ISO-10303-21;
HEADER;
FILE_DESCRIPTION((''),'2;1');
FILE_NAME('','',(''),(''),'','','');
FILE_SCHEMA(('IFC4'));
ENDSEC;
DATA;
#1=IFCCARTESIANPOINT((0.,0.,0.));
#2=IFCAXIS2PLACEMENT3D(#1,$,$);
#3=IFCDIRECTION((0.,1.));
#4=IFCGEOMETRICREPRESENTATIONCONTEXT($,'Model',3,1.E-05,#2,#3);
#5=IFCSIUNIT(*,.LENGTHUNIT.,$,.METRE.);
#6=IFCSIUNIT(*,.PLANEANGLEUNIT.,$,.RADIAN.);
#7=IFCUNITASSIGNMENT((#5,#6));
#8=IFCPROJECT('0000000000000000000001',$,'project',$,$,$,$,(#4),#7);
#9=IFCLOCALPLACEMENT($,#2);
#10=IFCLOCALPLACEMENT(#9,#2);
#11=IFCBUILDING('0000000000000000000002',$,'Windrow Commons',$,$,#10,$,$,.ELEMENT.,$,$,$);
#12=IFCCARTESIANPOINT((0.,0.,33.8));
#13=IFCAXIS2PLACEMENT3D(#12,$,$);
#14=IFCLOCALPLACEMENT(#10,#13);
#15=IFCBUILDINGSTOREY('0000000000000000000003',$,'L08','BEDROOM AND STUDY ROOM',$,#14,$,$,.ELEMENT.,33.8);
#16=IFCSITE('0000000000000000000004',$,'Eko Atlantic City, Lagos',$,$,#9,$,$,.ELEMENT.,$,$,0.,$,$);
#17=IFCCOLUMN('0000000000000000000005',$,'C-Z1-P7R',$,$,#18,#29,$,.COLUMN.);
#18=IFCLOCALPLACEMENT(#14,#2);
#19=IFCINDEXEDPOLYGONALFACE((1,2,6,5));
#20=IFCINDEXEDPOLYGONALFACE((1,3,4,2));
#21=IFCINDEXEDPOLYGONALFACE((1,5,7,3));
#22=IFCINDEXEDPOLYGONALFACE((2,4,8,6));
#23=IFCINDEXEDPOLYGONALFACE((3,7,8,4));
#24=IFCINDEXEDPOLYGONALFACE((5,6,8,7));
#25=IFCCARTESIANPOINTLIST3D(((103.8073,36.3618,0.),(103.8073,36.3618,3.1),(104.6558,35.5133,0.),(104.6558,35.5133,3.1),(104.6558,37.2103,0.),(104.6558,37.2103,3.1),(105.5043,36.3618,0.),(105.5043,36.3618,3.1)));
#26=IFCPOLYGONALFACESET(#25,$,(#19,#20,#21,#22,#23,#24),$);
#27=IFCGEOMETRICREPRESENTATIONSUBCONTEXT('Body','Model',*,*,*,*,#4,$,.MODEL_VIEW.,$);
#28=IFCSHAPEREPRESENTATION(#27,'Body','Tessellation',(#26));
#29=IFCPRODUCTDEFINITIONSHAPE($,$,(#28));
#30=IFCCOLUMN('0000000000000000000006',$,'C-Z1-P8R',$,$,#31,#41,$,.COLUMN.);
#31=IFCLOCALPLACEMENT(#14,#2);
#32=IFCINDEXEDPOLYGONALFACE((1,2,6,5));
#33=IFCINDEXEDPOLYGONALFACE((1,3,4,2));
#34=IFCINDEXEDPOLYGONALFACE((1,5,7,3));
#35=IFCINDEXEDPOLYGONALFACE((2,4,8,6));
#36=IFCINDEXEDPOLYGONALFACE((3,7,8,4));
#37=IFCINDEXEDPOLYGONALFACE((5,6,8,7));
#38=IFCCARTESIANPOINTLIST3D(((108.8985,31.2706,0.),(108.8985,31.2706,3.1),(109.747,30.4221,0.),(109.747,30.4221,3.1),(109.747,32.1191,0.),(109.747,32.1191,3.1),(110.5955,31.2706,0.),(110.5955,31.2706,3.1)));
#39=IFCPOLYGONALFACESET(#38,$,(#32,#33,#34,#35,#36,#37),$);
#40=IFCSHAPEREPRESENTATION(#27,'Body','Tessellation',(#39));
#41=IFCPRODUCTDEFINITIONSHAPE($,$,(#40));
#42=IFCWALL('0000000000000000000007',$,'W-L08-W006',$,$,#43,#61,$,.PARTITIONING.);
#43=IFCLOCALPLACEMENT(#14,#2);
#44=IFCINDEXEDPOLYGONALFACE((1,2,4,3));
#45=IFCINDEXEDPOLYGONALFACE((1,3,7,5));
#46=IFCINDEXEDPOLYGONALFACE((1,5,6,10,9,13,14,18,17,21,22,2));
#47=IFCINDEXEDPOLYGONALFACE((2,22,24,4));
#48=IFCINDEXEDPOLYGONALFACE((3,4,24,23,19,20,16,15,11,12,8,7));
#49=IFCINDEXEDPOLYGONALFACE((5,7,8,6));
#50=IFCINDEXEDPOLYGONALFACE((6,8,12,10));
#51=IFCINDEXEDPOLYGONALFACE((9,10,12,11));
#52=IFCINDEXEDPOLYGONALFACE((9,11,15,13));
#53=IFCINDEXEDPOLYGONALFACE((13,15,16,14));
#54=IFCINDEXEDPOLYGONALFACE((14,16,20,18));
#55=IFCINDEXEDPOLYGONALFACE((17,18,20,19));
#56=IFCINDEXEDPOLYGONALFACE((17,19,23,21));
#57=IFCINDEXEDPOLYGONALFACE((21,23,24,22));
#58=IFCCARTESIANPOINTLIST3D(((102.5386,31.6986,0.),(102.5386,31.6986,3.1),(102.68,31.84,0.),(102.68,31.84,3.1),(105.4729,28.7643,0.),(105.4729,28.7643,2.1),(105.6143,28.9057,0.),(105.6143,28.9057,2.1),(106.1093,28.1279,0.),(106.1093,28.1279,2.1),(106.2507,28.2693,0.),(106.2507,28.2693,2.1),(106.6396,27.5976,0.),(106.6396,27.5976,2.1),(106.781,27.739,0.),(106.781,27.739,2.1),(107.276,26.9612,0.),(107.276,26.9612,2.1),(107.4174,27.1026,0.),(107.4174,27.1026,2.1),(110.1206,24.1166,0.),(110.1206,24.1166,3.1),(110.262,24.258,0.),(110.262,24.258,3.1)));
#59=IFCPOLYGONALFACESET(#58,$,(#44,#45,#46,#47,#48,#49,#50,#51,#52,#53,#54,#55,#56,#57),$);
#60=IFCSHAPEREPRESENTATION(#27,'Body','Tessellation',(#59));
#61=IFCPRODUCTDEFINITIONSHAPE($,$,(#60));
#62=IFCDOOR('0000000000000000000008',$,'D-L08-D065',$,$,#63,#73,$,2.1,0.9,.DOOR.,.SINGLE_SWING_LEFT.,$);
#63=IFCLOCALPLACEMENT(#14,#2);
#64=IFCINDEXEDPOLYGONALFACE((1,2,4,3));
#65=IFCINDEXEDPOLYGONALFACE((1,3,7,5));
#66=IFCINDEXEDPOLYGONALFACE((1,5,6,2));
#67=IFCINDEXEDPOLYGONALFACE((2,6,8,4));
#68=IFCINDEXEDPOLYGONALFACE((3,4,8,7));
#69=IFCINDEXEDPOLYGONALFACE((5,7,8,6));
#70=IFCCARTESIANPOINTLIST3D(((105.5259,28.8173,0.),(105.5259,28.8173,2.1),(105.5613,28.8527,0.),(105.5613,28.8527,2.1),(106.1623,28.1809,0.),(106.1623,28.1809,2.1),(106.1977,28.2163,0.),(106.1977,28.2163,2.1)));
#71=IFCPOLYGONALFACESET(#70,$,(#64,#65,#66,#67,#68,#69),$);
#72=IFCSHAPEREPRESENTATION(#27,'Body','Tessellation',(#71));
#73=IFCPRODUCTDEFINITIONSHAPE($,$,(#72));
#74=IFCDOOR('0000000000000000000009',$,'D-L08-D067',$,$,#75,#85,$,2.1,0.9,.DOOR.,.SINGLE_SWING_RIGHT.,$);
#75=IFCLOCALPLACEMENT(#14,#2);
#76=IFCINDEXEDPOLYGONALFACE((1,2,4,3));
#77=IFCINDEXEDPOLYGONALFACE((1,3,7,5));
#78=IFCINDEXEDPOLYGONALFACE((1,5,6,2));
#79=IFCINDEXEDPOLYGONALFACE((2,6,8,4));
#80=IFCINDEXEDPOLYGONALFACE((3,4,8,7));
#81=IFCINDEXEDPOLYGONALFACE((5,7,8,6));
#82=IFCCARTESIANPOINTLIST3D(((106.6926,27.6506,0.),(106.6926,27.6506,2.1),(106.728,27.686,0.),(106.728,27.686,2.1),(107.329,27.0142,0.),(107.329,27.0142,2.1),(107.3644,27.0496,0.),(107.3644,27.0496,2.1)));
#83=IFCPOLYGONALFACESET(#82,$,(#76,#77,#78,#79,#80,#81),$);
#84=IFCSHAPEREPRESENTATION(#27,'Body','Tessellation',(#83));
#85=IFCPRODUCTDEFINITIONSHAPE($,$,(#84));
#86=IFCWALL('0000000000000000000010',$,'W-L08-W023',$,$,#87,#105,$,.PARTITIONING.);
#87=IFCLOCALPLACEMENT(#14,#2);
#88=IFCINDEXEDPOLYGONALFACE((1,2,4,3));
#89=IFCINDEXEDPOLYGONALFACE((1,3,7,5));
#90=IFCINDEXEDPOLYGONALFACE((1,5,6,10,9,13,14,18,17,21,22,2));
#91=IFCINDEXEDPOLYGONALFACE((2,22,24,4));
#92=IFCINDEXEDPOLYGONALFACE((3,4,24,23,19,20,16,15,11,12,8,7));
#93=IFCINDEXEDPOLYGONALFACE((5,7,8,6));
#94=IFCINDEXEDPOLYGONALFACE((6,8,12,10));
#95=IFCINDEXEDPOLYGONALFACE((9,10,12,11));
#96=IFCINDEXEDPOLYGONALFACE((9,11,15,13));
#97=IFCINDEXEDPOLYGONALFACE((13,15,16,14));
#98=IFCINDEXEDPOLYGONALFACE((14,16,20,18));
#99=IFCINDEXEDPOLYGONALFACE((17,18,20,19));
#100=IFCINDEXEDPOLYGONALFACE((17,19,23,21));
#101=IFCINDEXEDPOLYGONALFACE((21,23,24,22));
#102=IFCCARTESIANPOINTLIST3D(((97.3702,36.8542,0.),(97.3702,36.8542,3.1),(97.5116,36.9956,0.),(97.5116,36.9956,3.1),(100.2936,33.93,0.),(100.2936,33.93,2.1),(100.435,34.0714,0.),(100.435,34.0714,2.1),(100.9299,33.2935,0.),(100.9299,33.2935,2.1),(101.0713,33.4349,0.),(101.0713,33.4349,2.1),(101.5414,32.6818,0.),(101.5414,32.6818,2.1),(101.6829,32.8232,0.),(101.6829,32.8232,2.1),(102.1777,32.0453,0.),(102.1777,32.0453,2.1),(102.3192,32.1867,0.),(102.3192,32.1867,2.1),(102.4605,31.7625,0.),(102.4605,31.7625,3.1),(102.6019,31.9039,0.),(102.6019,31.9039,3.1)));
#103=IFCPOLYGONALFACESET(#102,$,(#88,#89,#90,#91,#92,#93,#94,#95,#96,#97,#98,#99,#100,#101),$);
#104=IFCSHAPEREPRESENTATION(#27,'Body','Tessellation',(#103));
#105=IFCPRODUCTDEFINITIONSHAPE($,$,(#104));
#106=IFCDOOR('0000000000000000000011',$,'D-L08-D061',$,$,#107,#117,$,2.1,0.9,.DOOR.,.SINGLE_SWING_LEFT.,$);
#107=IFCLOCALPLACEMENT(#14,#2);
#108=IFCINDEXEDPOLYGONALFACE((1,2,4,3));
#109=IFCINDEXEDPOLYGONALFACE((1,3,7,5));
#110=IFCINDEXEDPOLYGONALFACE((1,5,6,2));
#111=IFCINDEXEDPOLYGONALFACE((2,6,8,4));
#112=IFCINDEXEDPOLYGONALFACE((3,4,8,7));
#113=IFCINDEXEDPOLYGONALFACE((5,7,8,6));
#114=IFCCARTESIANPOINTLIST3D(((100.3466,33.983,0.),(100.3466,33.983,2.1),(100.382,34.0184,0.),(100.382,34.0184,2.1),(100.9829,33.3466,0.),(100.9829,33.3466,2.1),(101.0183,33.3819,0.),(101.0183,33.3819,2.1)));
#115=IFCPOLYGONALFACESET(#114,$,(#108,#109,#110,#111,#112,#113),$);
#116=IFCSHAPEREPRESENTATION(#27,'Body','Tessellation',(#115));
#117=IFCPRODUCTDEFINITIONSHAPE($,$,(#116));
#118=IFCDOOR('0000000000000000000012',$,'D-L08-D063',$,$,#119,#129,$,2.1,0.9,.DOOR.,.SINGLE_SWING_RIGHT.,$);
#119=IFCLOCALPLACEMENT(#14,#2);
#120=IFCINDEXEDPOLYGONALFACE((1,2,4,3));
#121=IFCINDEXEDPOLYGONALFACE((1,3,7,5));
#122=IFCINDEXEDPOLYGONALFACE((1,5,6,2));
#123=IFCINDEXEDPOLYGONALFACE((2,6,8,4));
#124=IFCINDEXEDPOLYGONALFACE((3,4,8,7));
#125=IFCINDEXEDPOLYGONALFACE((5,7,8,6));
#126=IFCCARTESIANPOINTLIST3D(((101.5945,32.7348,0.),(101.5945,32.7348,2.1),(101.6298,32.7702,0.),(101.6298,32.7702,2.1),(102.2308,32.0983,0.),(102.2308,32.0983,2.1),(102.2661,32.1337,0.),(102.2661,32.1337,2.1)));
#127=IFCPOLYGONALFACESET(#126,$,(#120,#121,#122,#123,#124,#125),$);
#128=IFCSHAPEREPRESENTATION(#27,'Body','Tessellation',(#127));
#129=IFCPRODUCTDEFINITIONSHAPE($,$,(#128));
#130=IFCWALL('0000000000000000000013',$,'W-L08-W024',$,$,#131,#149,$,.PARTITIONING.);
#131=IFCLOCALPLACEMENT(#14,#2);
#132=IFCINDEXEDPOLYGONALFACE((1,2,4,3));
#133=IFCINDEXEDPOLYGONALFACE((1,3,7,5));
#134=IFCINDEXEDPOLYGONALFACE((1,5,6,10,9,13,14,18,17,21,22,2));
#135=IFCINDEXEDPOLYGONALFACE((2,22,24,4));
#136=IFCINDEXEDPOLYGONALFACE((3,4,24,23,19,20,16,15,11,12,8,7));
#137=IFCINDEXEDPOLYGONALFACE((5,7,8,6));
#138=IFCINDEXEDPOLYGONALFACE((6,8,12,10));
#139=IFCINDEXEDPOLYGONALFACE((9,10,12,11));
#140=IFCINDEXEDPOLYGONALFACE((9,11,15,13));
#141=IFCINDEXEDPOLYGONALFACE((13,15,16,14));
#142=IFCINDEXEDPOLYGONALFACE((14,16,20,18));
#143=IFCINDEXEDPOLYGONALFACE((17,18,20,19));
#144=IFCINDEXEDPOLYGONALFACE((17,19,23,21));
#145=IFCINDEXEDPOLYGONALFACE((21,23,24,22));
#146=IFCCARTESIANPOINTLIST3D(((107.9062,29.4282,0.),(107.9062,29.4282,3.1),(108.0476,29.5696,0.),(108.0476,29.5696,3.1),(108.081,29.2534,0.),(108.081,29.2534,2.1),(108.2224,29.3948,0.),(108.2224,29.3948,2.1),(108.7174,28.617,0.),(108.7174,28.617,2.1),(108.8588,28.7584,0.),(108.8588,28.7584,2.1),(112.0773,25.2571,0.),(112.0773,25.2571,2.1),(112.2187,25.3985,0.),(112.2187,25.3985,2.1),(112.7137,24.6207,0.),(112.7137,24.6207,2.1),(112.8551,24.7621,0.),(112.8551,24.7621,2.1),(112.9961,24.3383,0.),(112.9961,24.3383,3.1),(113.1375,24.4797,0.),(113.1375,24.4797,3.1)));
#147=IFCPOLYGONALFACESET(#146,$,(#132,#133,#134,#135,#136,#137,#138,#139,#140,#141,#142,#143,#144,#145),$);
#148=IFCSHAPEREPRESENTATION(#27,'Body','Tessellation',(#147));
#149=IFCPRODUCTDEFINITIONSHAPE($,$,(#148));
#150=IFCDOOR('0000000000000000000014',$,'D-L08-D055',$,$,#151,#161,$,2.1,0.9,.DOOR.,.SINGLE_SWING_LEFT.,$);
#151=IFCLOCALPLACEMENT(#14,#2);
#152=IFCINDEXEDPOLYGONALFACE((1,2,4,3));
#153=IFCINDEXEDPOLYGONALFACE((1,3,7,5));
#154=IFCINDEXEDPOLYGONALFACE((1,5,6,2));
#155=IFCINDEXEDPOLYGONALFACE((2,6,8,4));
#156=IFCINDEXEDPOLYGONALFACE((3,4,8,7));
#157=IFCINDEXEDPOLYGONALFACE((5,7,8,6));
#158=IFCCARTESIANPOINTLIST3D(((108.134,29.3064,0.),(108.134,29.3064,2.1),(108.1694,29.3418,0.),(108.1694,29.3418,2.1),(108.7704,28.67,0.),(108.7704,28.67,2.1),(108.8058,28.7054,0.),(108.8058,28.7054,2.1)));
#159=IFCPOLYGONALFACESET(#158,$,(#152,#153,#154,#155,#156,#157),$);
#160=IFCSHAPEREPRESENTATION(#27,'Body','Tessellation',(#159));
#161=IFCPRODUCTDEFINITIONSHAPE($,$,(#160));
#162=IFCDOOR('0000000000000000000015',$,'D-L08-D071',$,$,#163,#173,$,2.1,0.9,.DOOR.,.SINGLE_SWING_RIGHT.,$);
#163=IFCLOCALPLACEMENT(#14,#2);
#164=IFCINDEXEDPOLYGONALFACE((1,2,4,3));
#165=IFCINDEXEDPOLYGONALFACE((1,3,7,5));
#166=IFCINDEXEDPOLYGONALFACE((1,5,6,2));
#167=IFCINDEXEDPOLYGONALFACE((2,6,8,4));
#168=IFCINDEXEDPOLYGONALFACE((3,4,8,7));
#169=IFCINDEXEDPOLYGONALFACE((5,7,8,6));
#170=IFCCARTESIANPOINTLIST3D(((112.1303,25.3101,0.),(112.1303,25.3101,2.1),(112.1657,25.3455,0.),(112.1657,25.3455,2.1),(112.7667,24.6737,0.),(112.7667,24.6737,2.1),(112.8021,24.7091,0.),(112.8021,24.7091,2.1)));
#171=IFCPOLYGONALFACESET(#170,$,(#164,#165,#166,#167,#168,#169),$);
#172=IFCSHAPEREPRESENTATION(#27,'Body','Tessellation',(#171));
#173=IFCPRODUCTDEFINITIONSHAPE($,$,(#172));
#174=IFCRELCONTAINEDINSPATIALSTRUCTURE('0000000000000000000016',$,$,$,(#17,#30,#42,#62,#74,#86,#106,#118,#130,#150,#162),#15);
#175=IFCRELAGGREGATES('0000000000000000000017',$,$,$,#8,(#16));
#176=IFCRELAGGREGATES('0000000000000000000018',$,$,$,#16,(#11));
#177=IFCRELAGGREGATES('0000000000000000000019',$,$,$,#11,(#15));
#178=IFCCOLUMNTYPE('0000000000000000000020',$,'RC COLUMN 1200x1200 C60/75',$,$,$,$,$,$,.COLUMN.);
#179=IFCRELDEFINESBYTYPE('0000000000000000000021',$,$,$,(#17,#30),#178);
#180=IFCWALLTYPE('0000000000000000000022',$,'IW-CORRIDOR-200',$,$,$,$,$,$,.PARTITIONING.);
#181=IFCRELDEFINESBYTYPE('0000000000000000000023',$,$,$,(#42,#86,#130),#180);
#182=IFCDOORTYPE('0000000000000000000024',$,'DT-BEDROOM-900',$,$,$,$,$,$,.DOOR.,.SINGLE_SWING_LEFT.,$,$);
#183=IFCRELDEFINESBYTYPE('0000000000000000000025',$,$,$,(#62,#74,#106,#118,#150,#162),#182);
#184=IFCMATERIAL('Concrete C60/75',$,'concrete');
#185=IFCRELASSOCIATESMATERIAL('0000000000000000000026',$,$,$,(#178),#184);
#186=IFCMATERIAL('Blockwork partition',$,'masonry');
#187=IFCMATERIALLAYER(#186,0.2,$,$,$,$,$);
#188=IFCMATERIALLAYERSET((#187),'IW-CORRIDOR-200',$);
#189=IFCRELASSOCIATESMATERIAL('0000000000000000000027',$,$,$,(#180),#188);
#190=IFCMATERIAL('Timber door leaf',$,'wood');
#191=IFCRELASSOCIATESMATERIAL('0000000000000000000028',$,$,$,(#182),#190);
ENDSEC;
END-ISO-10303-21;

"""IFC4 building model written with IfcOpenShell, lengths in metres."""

from ifc_helpers import new_model, si_unit, direction, frame, frame_2d, origin, origin_2d, place, context, subcontext, project, spatial, rectangle, extrude, material, layer, layer_set, material_profile, profile_set, type_object, element, fill, save


model = new_model("IFC4")

# Units and contexts
model_context = context("Model", 3, precision=1e-05, world=origin(), true_north=direction((0.0, 1.0)))
body_context = subcontext(model_context, "Body", "Model", "MODEL_VIEW")
ifc_project = project(units=[si_unit("LENGTHUNIT", "METRE"), si_unit("PLANEANGLEUNIT", "RADIAN")], contexts=[model_context])

# Site, building, storey
site_placement = place(None, origin())
site = spatial("IfcSite", under=ifc_project, at=site_placement, Name="Eko Atlantic City, Lagos", CompositionType="ELEMENT", RefElevation=0.0)
building_placement = place(site_placement, origin())
building = spatial("IfcBuilding", under=site, at=building_placement, Name="Windrow Commons", CompositionType="ELEMENT")
storey_placement = place(building_placement, frame((0.0, 0.0, 33.8)))
storey = spatial("IfcBuildingStorey", under=building, at=storey_placement, Name="L08", Description="BEDROOM AND STUDY ROOM", CompositionType="ELEMENT", Elevation=33.8)

# Columns
ifc_material_1 = material(Name="Concrete C60/75", Category="concrete")
ifc_material_profile = material_profile(ifc_material_1, rectangle(XDim=1.2, YDim=1.2, at=origin_2d()))
ifc_profile_set = profile_set([ifc_material_profile], Name="Concrete C60/75")
column_type = type_object("IfcColumnType", Name="RC COLUMN 1200x1200 C60/75", PredefinedType="COLUMN", material=ifc_profile_set)
for number, where, z_axis, x_axis, name in (
    (1, (104.6558, 36.3618, 0.0), (0.0, 0.0, 1.0), (0.707107, -0.707107, 0.0), "C-Z1-P7R"),
    (2, (109.747, 31.2706, 0.0), (0.0, 0.0, 1.0), (0.707107, -0.707107, 0.0), "C-Z1-P8R"),
):
    element("IfcColumn", number, at=place(storey_placement, frame(where, z_axis=z_axis, x_axis=x_axis)), inside=storey, type_object=column_type, Name=name, PredefinedType="COLUMN", context=body_context, shape_type="SweptSolid", body=[
        extrude(rectangle(XDim=1.2, YDim=1.2, at=origin_2d()), origin(), (0.0, 0.0, 1.0), 3.1),
    ])

# Walls, openings, doors
ifc_material_2 = material(Name="Blockwork partition", Category="masonry")
ifc_layer_1 = layer(ifc_material_2, 0.2)
ifc_layer_set_1 = layer_set([ifc_layer_1], Name="IW-CORRIDOR-200")
wall_type_1 = type_object("IfcWallType", Name="IW-CORRIDOR-200", PredefinedType="PARTITIONING", material=ifc_layer_set_1)
wall_1_placement = place(storey_placement, frame((102.6093, 31.7693, 0.0), z_axis=(0.0, 0.0, 1.0), x_axis=(0.707107, -0.707107, 0.0)))
wall_1 = element("IfcWall", 3, at=wall_1_placement, inside=storey, type_object=wall_type_1, Name="W-L08-W006", PredefinedType="PARTITIONING", context=body_context, shape_type="SweptSolid", body=[
    extrude(rectangle(XDim=10.7226, YDim=0.2, at=frame_2d((5.3613, 0.0))), origin(), (0.0, 0.0, 1.0), 3.1),
])
opening_1_placement = place(wall_1_placement, frame((4.1497, 0.0, 0.0)))
opening_1 = element("IfcOpeningElement", 4, at=opening_1_placement, cuts=wall_1, PredefinedType="OPENING", context=body_context, shape_type="SweptSolid", body=[
    extrude(rectangle(XDim=0.9, YDim=2.1, at=frame_2d((0.45, 1.05))), frame((0.0, 0.11, 0.0), z_axis=(0.0, -1.0, 0.0), x_axis=(1.0, 0.0, 0.0)), (0.0, 0.0, 1.0), 0.22),
])
opening_2_placement = place(wall_1_placement, frame((5.7997, 0.0, 0.0)))
opening_2 = element("IfcOpeningElement", 5, at=opening_2_placement, cuts=wall_1, PredefinedType="OPENING", context=body_context, shape_type="SweptSolid", body=[
    extrude(rectangle(XDim=0.9, YDim=2.1, at=frame_2d((0.45, 1.05))), frame((0.0, 0.11, 0.0), z_axis=(0.0, -1.0, 0.0), x_axis=(1.0, 0.0, 0.0)), (0.0, 0.0, 1.0), 0.22),
])
ifc_material_3 = material(Name="Timber door leaf", Category="wood")
door_type = type_object("IfcDoorType", Name="DT-BEDROOM-900", OperationType="SINGLE_SWING_LEFT", PredefinedType="DOOR", material=ifc_material_3)
door_1_placement = place(opening_1_placement, origin())
door_1 = element("IfcDoor", 6, at=door_1_placement, inside=storey, type_object=door_type, Name="D-L08-D065", OperationType="SINGLE_SWING_LEFT", OverallHeight=2.1, OverallWidth=0.9, PredefinedType="DOOR", context=body_context, shape_type="SweptSolid", body=[
    extrude(rectangle(XDim=0.9, YDim=2.1, at=frame_2d((0.45, 1.05))), frame((0.0, 0.025, 0.0), z_axis=(0.0, -1.0, 0.0), x_axis=(1.0, 0.0, 0.0)), (0.0, 0.0, 1.0), 0.05),
])
fill(opening_1, door_1)
door_2_placement = place(opening_2_placement, origin())
door_2 = element("IfcDoor", 7, at=door_2_placement, inside=storey, type_object=door_type, Name="D-L08-D067", OperationType="SINGLE_SWING_RIGHT", OverallHeight=2.1, OverallWidth=0.9, PredefinedType="DOOR", context=body_context, shape_type="SweptSolid", body=[
    extrude(rectangle(XDim=0.9, YDim=2.1, at=frame_2d((0.45, 1.05))), frame((0.0, 0.025, 0.0), z_axis=(0.0, -1.0, 0.0), x_axis=(1.0, 0.0, 0.0)), (0.0, 0.0, 1.0), 0.05),
])
fill(opening_2, door_2)
wall_2_placement = place(storey_placement, frame((102.5312, 31.8332, 0.0), z_axis=(0.0, 0.0, 1.0), x_axis=(-0.70701, 0.707204, 0.0)))
wall_2 = element("IfcWall", 8, at=wall_2_placement, inside=storey, type_object=wall_type_1, Name="W-L08-W023", PredefinedType="PARTITIONING", context=body_context, shape_type="SweptSolid", body=[
    extrude(rectangle(XDim=7.1998, YDim=0.2, at=frame_2d((3.5999, 0.0))), origin(), (0.0, 0.0, 1.0), 3.1),
])
opening_3_placement = place(wall_2_placement, frame((2.1649, 0.0, 0.0)))
opening_3 = element("IfcOpeningElement", 9, at=opening_3_placement, cuts=wall_2, PredefinedType="OPENING", context=body_context, shape_type="SweptSolid", body=[
    extrude(rectangle(XDim=0.9, YDim=2.1, at=frame_2d((0.45, 1.05))), frame((0.0, 0.11, 0.0), z_axis=(0.0, -1.0, 0.0), x_axis=(1.0, 0.0, 0.0)), (0.0, 0.0, 1.0), 0.22),
])
opening_4_placement = place(wall_2_placement, frame((0.3999, 0.0, 0.0)))
opening_4 = element("IfcOpeningElement", 10, at=opening_4_placement, cuts=wall_2, PredefinedType="OPENING", context=body_context, shape_type="SweptSolid", body=[
    extrude(rectangle(XDim=0.9, YDim=2.1, at=frame_2d((0.45, 1.05))), frame((0.0, 0.11, 0.0), z_axis=(0.0, -1.0, 0.0), x_axis=(1.0, 0.0, 0.0)), (0.0, 0.0, 1.0), 0.22),
])
door_3_placement = place(opening_3_placement, origin())
door_3 = element("IfcDoor", 11, at=door_3_placement, inside=storey, type_object=door_type, Name="D-L08-D061", OperationType="SINGLE_SWING_LEFT", OverallHeight=2.1, OverallWidth=0.9, PredefinedType="DOOR", context=body_context, shape_type="SweptSolid", body=[
    extrude(rectangle(XDim=0.9, YDim=2.1, at=frame_2d((0.45, 1.05))), frame((0.0, 0.025, 0.0), z_axis=(0.0, -1.0, 0.0), x_axis=(1.0, 0.0, 0.0)), (0.0, 0.0, 1.0), 0.05),
])
fill(opening_3, door_3)
door_4_placement = place(opening_4_placement, origin())
door_4 = element("IfcDoor", 12, at=door_4_placement, inside=storey, type_object=door_type, Name="D-L08-D063", OperationType="SINGLE_SWING_RIGHT", OverallHeight=2.1, OverallWidth=0.9, PredefinedType="DOOR", context=body_context, shape_type="SweptSolid", body=[
    extrude(rectangle(XDim=0.9, YDim=2.1, at=frame_2d((0.45, 1.05))), frame((0.0, 0.025, 0.0), z_axis=(0.0, -1.0, 0.0), x_axis=(1.0, 0.0, 0.0)), (0.0, 0.0, 1.0), 0.05),
])
fill(opening_4, door_4)
wall_3_placement = place(storey_placement, frame((107.9769, 29.4989, 0.0), z_axis=(0.0, 0.0, 1.0), x_axis=(0.707107, -0.707107, 0.0)))
wall_3 = element("IfcWall", 13, at=wall_3_placement, inside=storey, type_object=wall_type_1, Name="W-L08-W024", PredefinedType="PARTITIONING", context=body_context, shape_type="SweptSolid", body=[
    extrude(rectangle(XDim=7.1983, YDim=0.2, at=frame_2d((3.5991, 0.0))), origin(), (0.0, 0.0, 1.0), 3.1),
])
opening_5_placement = place(wall_3_placement, frame((0.2472, 0.0, 0.0)))
opening_5 = element("IfcOpeningElement", 14, at=opening_5_placement, cuts=wall_3, PredefinedType="OPENING", context=body_context, shape_type="SweptSolid", body=[
    extrude(rectangle(XDim=0.9, YDim=2.1, at=frame_2d((0.45, 1.05))), frame((0.0, 0.11, 0.0), z_axis=(0.0, -1.0, 0.0), x_axis=(1.0, 0.0, 0.0)), (0.0, 0.0, 1.0), 0.22),
])
opening_6_placement = place(wall_3_placement, frame((5.8988, 0.0, 0.0)))
opening_6 = element("IfcOpeningElement", 15, at=opening_6_placement, cuts=wall_3, PredefinedType="OPENING", context=body_context, shape_type="SweptSolid", body=[
    extrude(rectangle(XDim=0.9, YDim=2.1, at=frame_2d((0.45, 1.05))), frame((0.0, 0.11, 0.0), z_axis=(0.0, -1.0, 0.0), x_axis=(1.0, 0.0, 0.0)), (0.0, 0.0, 1.0), 0.22),
])
door_5_placement = place(opening_5_placement, origin())
door_5 = element("IfcDoor", 16, at=door_5_placement, inside=storey, type_object=door_type, Name="D-L08-D055", OperationType="SINGLE_SWING_LEFT", OverallHeight=2.1, OverallWidth=0.9, PredefinedType="DOOR", context=body_context, shape_type="SweptSolid", body=[
    extrude(rectangle(XDim=0.9, YDim=2.1, at=frame_2d((0.45, 1.05))), frame((0.0, 0.025, 0.0), z_axis=(0.0, -1.0, 0.0), x_axis=(1.0, 0.0, 0.0)), (0.0, 0.0, 1.0), 0.05),
])
fill(opening_5, door_5)
door_6_placement = place(opening_6_placement, origin())
door_6 = element("IfcDoor", 17, at=door_6_placement, inside=storey, type_object=door_type, Name="D-L08-D071", OperationType="SINGLE_SWING_RIGHT", OverallHeight=2.1, OverallWidth=0.9, PredefinedType="DOOR", context=body_context, shape_type="SweptSolid", body=[
    extrude(rectangle(XDim=0.9, YDim=2.1, at=frame_2d((0.45, 1.05))), frame((0.0, 0.025, 0.0), z_axis=(0.0, -1.0, 0.0), x_axis=(1.0, 0.0, 0.0)), (0.0, 0.0, 1.0), 0.05),
])
fill(opening_6, door_6)

save(model, "model.ifc")
